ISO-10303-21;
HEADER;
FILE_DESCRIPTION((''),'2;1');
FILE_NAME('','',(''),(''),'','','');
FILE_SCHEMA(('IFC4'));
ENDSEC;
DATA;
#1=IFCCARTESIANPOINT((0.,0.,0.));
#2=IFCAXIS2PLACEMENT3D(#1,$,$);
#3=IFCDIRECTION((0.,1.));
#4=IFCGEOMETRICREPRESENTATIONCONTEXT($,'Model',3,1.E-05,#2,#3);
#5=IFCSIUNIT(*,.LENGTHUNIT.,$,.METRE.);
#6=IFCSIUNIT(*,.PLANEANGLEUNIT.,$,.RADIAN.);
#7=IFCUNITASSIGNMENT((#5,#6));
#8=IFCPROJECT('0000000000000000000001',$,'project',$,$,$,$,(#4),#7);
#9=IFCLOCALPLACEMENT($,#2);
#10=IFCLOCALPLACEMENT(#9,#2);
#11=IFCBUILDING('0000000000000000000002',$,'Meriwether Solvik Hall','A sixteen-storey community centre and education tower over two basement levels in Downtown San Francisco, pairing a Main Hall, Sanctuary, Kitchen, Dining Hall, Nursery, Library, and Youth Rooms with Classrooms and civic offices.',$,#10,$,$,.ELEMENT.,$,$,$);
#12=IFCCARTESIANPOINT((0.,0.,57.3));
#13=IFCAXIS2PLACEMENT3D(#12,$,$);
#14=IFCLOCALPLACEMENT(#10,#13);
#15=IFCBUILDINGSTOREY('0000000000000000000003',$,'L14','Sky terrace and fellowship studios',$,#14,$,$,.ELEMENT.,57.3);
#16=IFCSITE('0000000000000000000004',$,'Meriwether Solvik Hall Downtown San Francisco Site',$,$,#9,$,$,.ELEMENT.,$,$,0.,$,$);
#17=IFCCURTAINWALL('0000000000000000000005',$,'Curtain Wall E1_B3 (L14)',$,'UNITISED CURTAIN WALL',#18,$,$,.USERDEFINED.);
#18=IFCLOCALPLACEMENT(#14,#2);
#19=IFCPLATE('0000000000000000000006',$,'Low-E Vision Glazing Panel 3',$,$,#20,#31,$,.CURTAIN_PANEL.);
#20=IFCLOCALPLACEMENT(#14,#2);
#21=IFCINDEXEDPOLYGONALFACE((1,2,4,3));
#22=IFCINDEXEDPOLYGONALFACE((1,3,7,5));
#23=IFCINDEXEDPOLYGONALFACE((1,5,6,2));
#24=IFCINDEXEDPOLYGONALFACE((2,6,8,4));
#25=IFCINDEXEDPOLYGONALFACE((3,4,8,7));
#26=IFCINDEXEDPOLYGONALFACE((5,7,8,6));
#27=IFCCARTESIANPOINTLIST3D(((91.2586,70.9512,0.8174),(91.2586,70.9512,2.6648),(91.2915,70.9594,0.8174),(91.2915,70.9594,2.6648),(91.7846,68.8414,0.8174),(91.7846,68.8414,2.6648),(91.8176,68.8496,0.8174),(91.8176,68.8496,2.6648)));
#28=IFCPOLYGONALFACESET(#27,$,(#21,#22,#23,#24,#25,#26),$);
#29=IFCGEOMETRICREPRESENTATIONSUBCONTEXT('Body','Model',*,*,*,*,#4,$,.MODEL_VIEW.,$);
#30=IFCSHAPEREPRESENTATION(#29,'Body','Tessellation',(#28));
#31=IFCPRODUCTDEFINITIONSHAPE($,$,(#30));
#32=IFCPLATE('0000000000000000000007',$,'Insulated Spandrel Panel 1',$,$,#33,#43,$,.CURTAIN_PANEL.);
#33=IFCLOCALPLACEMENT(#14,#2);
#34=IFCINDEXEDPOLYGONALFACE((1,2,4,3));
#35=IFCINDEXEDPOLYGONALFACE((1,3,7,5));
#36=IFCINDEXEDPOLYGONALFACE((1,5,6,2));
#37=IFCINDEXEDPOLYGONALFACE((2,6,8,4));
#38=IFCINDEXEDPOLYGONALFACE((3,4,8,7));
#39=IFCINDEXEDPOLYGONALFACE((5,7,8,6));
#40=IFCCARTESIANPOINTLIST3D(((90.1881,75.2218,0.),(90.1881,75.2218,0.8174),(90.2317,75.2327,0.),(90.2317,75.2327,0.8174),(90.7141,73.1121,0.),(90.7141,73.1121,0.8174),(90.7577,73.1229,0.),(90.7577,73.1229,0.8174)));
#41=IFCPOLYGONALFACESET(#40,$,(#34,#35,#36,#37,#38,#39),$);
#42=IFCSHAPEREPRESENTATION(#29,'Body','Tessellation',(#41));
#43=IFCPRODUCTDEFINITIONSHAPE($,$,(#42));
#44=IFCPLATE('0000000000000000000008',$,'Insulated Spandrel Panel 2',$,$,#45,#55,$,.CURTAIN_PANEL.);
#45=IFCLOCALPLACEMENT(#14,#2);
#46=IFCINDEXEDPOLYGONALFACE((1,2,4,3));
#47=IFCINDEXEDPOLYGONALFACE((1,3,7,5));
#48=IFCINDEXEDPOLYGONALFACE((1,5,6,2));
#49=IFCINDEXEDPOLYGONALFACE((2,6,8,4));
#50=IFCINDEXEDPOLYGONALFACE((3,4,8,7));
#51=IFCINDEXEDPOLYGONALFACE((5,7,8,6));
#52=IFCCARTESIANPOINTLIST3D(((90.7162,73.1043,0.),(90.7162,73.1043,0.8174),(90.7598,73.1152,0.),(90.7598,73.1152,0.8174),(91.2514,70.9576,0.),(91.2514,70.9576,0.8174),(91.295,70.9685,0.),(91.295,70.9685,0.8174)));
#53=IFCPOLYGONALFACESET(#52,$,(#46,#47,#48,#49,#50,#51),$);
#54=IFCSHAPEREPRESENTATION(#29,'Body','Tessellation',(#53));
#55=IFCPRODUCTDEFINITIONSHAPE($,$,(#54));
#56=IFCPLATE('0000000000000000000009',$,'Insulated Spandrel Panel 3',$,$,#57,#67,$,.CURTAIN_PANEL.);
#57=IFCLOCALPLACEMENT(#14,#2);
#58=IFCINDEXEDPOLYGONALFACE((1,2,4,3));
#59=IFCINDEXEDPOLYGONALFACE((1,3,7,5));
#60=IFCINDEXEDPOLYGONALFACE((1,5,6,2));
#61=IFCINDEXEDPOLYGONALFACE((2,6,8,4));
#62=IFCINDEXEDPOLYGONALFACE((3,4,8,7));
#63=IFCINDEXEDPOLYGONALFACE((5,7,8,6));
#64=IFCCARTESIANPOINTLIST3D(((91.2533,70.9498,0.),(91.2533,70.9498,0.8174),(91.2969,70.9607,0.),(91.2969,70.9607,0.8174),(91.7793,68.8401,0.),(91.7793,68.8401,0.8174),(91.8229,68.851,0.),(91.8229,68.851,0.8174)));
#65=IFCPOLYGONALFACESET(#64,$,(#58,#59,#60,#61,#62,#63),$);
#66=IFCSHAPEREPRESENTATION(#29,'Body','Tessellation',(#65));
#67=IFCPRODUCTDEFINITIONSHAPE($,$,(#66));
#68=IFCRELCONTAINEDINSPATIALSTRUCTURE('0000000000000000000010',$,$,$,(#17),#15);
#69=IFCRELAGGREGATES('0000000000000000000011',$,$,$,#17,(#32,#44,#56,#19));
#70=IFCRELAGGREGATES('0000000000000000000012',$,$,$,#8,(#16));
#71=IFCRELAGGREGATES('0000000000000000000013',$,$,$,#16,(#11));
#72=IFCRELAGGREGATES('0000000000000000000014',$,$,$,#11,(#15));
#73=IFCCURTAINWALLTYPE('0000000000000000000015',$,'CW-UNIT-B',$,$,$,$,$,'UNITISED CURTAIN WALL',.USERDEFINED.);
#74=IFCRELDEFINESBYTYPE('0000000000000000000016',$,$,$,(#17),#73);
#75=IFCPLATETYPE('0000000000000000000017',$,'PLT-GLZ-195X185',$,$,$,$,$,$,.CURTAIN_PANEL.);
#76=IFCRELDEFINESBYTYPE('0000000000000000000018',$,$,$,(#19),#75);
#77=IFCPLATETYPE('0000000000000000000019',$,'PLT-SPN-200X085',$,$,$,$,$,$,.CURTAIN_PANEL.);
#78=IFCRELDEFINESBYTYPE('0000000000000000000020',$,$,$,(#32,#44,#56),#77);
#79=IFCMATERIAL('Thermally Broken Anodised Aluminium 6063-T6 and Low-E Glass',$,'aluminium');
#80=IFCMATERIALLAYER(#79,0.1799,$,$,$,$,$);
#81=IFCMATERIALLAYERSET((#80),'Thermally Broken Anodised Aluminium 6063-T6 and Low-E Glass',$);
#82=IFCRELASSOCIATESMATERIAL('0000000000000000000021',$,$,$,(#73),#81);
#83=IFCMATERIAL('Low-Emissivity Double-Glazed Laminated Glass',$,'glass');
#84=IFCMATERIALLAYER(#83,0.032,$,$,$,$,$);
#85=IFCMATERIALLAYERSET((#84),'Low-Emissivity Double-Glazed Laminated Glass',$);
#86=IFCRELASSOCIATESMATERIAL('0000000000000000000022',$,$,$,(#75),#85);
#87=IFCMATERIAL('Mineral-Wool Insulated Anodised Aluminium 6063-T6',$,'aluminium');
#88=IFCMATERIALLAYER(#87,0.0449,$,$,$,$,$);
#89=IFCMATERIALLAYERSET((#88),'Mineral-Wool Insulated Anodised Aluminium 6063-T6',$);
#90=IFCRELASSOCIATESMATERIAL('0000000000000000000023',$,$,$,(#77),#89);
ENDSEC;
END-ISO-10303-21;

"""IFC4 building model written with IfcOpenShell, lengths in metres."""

from ifc_helpers import new_model, si_unit, direction, frame, origin, origin_2d, place, context, subcontext, project, spatial, rectangle, extrude, material, layer, layer_set, type_object, element, aggregate, save


model = new_model("IFC4")

# Units and contexts
model_context = context("Model", 3, precision=1e-05, world=origin(), true_north=direction((0.0, 1.0)))
body_context = subcontext(model_context, "Body", "Model", "MODEL_VIEW")
ifc_project = project(units=[si_unit("LENGTHUNIT", "METRE"), si_unit("PLANEANGLEUNIT", "RADIAN")], contexts=[model_context])

# Site, building, storey
site_placement = place(None, origin())
site = spatial("IfcSite", under=ifc_project, at=site_placement, Name="Meriwether Solvik Hall Downtown San Francisco Site", CompositionType="ELEMENT", RefElevation=0.0)
building_placement = place(site_placement, origin())
building = spatial("IfcBuilding", under=site, at=building_placement, Name="Meriwether Solvik Hall", Description="A sixteen-storey community centre and education tower over two basement levels in Downtown San Francisco, pairing a Main Hall, Sanctuary, Kitchen, Dining Hall, Nursery, Library, and Youth Rooms with Classrooms and civic offices.", CompositionType="ELEMENT")
storey_placement = place(building_placement, frame((0.0, 0.0, 57.3)))
storey = spatial("IfcBuildingStorey", under=building, at=storey_placement, Name="L14", Description="Sky terrace and fellowship studios", CompositionType="ELEMENT", Elevation=57.3)

# Curtain wall
ifc_material_1 = material(Name="Thermally Broken Anodised Aluminium 6063-T6 and Low-E Glass", Category="aluminium")
ifc_layer_1 = layer(ifc_material_1, 0.1799)
ifc_layer_set_1 = layer_set([ifc_layer_1], Name="Thermally Broken Anodised Aluminium 6063-T6 and Low-E Glass")
curtain_wall_type_1 = type_object("IfcCurtainWallType", Name="CW-UNIT-B", ElementType="UNITISED CURTAIN WALL", PredefinedType="USERDEFINED", material=ifc_layer_set_1)
curtain_wall_1_placement = place(storey_placement, origin())
curtain_wall_1 = element("IfcCurtainWall", 1, at=curtain_wall_1_placement, inside=storey, type_object=curtain_wall_type_1, Name="Curtain Wall E1_B3 (L14)", ObjectType="UNITISED CURTAIN WALL", PredefinedType="USERDEFINED")

# Plates
ifc_material_2 = material(Name="Low-Emissivity Double-Glazed Laminated Glass", Category="glass")
ifc_layer_2 = layer(ifc_material_2, 0.032)
ifc_layer_set_2 = layer_set([ifc_layer_2], Name="Low-Emissivity Double-Glazed Laminated Glass")
plate_type_1 = type_object("IfcPlateType", Name="PLT-GLZ-195X185", PredefinedType="CURTAIN_PANEL", material=ifc_layer_set_2)
plate_1_placement = place(storey_placement, frame((91.5381, 69.9004, 0.8174), z_axis=(0.0, 0.0, 1.0), x_axis=(0.241922, -0.970296, 0.0)))
plate_1 = element("IfcPlate", 2, at=plate_1_placement, type_object=plate_type_1, Name="Low-E Vision Glazing Panel 3", PredefinedType="CURTAIN_PANEL", context=body_context, shape_type="SweptSolid", body=[
    extrude(rectangle(XDim=2.1743, YDim=0.0339, at=origin_2d()), origin(), (0.0, 0.0, 1.0), 1.8474),
])
ifc_material_3 = material(Name="Mineral-Wool Insulated Anodised Aluminium 6063-T6", Category="aluminium")
ifc_layer_3 = layer(ifc_material_3, 0.0449)
ifc_layer_set_3 = layer_set([ifc_layer_3], Name="Mineral-Wool Insulated Anodised Aluminium 6063-T6")
plate_type_2 = type_object("IfcPlateType", Name="PLT-SPN-200X085", PredefinedType="CURTAIN_PANEL", material=ifc_layer_set_3)
plate_2_placement = place(storey_placement, frame((90.4729, 74.1724, 0.0), z_axis=(0.0, 0.0, 1.0), x_axis=(0.241922, -0.970296, 0.0)))
plate_2 = element("IfcPlate", 3, at=plate_2_placement, type_object=plate_type_2, Name="Insulated Spandrel Panel 1", PredefinedType="CURTAIN_PANEL", context=body_context, shape_type="SweptSolid", body=[
    extrude(rectangle(XDim=2.1743, YDim=0.0449, at=origin_2d()), origin(), (0.0, 0.0, 1.0), 0.8174),
])
plate_3_placement = place(storey_placement, frame((91.0056, 72.0364, 0.0), z_axis=(0.0, 0.0, 1.0), x_axis=(0.241922, -0.970296, 0.0)))
plate_3 = element("IfcPlate", 4, at=plate_3_placement, type_object=plate_type_2, Name="Insulated Spandrel Panel 2", PredefinedType="CURTAIN_PANEL", context=body_context, shape_type="SweptSolid", body=[
    extrude(rectangle(XDim=2.2124, YDim=0.0449, at=origin_2d()), origin(), (0.0, 0.0, 1.0), 0.8174),
])
plate_4_placement = place(storey_placement, frame((91.5381, 69.9004, 0.0), z_axis=(0.0, 0.0, 1.0), x_axis=(0.241922, -0.970296, 0.0)))
plate_4 = element("IfcPlate", 5, at=plate_4_placement, type_object=plate_type_2, Name="Insulated Spandrel Panel 3", PredefinedType="CURTAIN_PANEL", context=body_context, shape_type="SweptSolid", body=[
    extrude(rectangle(XDim=2.1743, YDim=0.0449, at=origin_2d()), origin(), (0.0, 0.0, 1.0), 0.8174),
])
aggregate(curtain_wall_1, [plate_2, plate_3, plate_4, plate_1])

save(model, "model.ifc")
